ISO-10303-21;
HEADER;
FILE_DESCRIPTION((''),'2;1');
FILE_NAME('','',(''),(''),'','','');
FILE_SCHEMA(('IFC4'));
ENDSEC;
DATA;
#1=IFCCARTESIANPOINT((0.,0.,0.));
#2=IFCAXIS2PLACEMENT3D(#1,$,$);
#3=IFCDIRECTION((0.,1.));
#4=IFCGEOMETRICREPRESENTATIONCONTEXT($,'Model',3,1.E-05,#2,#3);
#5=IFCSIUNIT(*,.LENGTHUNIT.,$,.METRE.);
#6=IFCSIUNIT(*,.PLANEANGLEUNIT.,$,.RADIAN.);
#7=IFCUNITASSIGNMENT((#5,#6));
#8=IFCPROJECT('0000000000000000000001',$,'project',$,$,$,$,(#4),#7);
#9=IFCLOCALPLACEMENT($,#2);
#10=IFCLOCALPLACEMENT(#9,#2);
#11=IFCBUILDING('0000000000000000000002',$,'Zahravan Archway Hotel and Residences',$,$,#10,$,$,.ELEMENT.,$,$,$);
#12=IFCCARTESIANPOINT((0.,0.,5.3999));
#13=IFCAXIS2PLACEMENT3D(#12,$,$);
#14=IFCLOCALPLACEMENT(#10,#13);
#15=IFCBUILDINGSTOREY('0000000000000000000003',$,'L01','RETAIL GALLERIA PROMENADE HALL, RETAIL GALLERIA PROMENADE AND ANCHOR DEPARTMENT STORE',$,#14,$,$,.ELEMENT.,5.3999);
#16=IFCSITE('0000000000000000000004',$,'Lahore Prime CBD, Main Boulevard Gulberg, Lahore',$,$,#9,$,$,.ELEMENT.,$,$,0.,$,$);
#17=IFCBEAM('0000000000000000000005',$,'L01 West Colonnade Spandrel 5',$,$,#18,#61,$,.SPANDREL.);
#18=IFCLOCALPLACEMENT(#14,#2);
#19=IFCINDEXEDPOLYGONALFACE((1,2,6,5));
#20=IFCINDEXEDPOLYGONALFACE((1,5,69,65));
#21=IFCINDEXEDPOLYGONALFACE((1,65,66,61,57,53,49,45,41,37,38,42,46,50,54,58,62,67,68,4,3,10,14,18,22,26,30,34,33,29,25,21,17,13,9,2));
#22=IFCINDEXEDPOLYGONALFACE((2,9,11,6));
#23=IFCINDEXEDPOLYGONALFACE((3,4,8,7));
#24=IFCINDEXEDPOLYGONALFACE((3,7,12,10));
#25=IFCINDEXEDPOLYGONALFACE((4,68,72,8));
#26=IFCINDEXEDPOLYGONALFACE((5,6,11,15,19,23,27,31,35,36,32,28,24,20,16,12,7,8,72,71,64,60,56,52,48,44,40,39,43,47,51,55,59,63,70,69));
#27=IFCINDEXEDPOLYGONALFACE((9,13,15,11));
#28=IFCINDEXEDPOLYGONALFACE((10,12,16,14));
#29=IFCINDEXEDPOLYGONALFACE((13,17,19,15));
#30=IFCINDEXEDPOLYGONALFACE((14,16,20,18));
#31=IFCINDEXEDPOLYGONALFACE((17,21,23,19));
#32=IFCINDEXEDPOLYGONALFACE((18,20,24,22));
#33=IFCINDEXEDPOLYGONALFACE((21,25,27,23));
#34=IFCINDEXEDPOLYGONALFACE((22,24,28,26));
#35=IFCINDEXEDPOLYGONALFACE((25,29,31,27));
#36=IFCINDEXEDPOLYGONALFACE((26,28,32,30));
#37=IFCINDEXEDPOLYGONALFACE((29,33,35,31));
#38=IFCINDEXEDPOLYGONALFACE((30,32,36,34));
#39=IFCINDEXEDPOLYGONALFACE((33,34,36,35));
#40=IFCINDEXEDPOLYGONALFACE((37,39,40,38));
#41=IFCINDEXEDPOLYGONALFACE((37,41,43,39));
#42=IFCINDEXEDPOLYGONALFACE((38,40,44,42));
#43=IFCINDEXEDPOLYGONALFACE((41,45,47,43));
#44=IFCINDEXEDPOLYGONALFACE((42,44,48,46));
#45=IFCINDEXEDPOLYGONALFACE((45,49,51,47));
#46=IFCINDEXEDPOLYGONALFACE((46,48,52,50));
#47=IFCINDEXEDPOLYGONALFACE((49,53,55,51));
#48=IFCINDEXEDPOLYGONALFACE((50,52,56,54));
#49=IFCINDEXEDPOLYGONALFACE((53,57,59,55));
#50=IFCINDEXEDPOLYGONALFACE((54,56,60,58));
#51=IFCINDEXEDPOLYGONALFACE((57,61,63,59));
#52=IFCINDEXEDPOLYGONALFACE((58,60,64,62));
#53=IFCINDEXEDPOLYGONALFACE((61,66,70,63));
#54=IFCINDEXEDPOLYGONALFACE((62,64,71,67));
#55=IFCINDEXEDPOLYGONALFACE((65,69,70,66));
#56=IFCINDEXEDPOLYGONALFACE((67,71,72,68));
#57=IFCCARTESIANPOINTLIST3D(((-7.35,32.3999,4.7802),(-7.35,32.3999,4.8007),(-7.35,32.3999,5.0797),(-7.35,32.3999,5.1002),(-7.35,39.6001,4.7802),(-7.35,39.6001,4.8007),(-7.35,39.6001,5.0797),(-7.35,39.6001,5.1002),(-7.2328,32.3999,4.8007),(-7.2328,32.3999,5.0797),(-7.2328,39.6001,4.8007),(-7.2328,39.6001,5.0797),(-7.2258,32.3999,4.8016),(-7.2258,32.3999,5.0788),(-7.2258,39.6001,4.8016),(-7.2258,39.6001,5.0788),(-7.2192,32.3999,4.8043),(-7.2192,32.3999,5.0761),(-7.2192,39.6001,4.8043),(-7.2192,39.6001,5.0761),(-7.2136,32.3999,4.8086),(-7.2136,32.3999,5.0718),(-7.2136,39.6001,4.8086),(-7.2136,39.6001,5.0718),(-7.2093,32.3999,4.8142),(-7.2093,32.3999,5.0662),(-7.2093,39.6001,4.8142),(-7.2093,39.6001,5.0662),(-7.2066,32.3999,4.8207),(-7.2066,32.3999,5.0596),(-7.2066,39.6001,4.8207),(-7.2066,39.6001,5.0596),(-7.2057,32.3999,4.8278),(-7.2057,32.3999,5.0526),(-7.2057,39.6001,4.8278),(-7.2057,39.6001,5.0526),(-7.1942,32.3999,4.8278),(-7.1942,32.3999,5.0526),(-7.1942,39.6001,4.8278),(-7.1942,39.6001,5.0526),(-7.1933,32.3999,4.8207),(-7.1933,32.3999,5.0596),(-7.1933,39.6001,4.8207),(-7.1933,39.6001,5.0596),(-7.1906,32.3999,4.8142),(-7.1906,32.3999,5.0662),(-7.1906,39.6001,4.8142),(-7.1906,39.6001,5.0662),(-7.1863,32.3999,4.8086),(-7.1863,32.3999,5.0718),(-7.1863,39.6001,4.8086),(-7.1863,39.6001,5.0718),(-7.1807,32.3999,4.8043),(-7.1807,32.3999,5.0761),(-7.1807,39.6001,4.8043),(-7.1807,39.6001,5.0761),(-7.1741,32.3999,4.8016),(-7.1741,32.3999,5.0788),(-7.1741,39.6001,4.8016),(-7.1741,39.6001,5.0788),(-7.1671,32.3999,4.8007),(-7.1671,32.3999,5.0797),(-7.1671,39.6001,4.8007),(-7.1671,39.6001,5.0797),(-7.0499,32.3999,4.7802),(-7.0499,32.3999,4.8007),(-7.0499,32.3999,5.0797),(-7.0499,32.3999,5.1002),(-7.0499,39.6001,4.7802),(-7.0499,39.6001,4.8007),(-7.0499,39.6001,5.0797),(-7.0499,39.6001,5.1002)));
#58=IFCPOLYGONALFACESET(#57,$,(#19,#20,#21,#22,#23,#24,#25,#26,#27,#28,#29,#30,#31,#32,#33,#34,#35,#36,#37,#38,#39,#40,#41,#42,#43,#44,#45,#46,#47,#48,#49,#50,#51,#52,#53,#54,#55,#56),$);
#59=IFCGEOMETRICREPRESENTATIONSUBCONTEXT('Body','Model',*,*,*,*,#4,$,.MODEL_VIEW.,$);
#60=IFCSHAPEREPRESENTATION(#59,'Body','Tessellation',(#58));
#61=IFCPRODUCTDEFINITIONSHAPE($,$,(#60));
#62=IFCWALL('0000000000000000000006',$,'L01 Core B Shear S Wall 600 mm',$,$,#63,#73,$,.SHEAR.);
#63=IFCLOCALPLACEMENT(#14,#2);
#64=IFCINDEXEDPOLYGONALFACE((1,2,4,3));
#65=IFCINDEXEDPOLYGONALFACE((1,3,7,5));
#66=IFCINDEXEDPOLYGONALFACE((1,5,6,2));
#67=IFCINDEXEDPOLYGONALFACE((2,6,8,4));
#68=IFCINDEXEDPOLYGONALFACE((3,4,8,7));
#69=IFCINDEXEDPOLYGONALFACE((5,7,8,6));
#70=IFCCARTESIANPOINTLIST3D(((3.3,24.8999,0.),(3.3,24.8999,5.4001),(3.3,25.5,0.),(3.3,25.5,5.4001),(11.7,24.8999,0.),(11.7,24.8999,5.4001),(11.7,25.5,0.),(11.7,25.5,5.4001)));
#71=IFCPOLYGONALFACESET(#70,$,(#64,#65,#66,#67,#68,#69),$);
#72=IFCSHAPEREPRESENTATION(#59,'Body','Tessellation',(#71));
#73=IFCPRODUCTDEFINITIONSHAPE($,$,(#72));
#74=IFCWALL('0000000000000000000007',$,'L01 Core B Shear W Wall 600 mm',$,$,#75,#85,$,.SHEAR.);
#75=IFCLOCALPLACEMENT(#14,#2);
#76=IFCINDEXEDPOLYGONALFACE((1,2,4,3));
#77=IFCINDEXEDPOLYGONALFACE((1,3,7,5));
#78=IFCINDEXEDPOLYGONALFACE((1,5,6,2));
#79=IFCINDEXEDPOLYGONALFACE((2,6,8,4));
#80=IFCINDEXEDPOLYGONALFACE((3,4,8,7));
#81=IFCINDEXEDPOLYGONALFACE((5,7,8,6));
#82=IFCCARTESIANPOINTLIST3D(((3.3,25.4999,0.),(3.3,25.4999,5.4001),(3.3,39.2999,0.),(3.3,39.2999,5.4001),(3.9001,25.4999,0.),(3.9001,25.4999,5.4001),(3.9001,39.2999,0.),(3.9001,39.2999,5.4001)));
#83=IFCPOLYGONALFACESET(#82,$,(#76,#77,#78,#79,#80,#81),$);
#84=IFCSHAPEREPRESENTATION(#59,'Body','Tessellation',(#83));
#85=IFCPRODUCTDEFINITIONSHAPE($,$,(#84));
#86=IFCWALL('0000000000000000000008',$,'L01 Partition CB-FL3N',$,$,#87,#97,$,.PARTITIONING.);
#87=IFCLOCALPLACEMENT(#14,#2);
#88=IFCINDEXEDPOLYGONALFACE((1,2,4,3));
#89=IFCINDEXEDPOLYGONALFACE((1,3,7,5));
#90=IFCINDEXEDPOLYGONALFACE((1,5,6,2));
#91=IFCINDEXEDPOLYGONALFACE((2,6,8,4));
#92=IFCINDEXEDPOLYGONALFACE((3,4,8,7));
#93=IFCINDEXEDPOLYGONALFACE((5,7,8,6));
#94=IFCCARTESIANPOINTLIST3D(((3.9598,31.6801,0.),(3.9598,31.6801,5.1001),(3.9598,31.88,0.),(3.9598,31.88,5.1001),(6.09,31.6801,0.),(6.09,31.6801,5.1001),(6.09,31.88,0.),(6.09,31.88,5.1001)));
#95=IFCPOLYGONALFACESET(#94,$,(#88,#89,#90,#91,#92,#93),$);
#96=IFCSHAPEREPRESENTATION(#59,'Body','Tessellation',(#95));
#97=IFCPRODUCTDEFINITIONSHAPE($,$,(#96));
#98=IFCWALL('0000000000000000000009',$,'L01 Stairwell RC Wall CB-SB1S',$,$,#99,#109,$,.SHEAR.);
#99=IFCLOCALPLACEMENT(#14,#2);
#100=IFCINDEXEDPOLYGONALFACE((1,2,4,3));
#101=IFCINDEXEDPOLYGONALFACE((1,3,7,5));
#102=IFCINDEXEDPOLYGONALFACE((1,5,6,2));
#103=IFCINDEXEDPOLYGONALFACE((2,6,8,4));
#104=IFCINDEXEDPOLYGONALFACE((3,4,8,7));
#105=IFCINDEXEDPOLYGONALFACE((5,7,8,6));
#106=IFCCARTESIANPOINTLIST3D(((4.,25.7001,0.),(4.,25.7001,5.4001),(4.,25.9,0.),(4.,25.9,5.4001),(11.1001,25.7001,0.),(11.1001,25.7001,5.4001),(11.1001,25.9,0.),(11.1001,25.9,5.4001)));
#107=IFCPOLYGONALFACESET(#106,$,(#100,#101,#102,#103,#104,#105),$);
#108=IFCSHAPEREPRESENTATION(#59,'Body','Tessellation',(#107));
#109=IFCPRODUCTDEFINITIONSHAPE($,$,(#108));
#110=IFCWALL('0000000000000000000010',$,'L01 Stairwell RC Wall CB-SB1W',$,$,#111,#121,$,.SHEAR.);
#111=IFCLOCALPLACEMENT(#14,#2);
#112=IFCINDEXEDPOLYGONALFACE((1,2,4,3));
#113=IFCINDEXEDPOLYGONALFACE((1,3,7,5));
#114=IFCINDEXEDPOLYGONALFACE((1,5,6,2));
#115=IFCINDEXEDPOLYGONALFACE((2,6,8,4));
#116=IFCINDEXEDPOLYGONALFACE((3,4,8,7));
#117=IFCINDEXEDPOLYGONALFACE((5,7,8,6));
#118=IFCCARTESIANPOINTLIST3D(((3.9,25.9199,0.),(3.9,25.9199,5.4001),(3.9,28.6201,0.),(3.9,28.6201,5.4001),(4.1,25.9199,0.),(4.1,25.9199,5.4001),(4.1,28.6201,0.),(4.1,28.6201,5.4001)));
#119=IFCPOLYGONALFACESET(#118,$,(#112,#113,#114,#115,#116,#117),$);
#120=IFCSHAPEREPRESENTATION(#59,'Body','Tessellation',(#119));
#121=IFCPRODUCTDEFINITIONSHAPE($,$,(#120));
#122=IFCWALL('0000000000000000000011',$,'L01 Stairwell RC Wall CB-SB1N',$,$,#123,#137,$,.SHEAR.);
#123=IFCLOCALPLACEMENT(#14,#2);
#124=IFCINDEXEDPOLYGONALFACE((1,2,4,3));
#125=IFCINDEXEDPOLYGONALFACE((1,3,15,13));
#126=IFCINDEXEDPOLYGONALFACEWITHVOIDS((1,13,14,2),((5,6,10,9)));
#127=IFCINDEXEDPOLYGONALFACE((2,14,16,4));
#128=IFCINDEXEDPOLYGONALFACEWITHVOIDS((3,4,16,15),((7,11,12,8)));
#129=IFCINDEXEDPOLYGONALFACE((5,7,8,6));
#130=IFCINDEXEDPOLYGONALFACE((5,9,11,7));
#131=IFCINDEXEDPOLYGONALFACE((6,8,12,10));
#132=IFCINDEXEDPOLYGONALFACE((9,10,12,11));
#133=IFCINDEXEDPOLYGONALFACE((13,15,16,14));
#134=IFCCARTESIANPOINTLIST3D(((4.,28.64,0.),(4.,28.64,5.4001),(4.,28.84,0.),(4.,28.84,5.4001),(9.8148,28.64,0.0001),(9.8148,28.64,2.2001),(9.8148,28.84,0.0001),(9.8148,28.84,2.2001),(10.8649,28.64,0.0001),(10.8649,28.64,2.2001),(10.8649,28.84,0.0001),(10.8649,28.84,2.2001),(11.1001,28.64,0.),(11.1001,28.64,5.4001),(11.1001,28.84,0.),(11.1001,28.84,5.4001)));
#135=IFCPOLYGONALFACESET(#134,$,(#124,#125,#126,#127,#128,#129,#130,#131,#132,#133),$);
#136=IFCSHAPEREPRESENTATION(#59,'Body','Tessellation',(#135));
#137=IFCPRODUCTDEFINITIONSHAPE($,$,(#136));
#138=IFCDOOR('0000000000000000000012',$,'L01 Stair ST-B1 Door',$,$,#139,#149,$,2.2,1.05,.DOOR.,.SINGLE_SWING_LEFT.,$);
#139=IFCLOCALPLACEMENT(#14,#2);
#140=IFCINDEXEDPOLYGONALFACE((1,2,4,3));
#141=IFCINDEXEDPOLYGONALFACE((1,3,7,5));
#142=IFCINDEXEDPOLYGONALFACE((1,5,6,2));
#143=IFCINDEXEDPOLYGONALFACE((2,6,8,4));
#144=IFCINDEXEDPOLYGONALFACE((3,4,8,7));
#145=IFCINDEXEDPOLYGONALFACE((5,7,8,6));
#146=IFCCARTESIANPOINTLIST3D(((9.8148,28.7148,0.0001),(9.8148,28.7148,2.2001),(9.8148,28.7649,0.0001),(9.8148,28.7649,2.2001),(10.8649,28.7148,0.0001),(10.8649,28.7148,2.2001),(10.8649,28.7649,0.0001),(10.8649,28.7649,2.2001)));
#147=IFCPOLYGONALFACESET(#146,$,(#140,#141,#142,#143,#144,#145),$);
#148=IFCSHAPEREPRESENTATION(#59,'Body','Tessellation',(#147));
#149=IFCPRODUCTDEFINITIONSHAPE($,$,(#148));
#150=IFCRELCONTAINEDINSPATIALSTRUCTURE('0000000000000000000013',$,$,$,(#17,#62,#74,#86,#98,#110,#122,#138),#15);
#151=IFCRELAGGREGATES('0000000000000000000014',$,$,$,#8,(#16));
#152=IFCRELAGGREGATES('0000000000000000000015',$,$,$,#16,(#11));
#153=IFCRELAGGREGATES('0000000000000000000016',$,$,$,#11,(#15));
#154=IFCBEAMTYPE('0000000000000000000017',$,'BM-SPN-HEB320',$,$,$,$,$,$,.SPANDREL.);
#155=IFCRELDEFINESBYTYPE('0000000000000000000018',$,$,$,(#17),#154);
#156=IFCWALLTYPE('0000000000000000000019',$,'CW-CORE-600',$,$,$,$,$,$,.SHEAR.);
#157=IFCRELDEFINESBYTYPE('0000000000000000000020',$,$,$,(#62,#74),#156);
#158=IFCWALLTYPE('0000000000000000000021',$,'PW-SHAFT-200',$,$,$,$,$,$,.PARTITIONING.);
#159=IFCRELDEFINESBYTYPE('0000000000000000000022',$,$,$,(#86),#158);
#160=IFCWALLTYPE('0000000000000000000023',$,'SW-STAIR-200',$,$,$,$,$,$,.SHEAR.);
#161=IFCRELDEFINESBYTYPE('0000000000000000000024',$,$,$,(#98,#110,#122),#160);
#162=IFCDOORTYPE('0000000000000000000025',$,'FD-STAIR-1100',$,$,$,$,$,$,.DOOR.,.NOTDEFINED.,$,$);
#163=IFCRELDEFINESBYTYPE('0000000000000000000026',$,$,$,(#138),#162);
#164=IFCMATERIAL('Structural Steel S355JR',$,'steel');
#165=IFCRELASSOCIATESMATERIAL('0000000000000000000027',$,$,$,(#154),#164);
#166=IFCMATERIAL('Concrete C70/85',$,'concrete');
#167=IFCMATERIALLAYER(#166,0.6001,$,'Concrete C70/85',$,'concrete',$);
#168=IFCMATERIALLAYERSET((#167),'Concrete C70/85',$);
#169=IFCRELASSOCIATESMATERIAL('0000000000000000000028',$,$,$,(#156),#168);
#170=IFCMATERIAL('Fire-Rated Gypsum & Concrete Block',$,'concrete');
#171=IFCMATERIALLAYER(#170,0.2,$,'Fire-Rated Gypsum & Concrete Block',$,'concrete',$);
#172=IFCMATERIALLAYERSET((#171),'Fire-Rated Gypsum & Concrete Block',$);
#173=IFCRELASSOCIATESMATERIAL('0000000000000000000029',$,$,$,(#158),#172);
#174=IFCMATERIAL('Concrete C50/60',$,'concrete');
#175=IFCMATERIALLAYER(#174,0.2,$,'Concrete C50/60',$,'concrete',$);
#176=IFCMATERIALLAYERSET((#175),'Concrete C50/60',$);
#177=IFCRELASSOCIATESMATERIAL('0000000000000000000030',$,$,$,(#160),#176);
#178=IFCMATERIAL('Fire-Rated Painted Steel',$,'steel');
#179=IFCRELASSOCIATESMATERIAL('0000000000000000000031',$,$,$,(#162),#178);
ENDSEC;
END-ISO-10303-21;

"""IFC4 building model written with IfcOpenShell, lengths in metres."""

from ifc_helpers import new_model, si_unit, direction, frame, frame_2d, origin, origin_2d, place, context, subcontext, project, spatial, rectangle, i_section, extrude, source, transform, mapped, material, layer, layer_set, material_profile, profile_set, type_object, type_shapes, element, fill, save


model = new_model("IFC4")

# Units and contexts
model_context = context("Model", 3, precision=1e-05, world=origin(), true_north=direction((0.0, 1.0)))
body_context = subcontext(model_context, "Body", "Model", "MODEL_VIEW")
ifc_project = project(units=[si_unit("LENGTHUNIT", "METRE"), si_unit("PLANEANGLEUNIT", "RADIAN")], contexts=[model_context])

# Site, building, storey
site_placement = place(None, origin())
site = spatial("IfcSite", under=ifc_project, at=site_placement, Name="Lahore Prime CBD, Main Boulevard Gulberg, Lahore", CompositionType="ELEMENT", RefElevation=0.0)
building_placement = place(site_placement, origin())
building = spatial("IfcBuilding", under=site, at=building_placement, Name="Zahravan Archway Hotel and Residences", CompositionType="ELEMENT")
storey_placement = place(building_placement, frame((0.0, 0.0, 5.3999)))
storey = spatial("IfcBuildingStorey", under=building, at=storey_placement, Name="L01", Description="RETAIL GALLERIA PROMENADE HALL, RETAIL GALLERIA PROMENADE AND ANCHOR DEPARTMENT STORE", CompositionType="ELEMENT", Elevation=5.3999)

# Beam
ifc_material_1 = material(Name="Structural Steel S355JR", Category="steel")
ifc_material_profile_1 = material_profile(ifc_material_1, i_section(OverallWidth=0.3, OverallDepth=0.3201, WebThickness=0.0115, FlangeThickness=0.0205, FilletRadius=0.0271, at=origin_2d()), Name="HEB 320", Category="steel")
ifc_profile_set_1 = profile_set([ifc_material_profile_1], Name="Structural Steel S355JR")
beam_type_1 = type_object("IfcBeamType", Name="BM-SPN-HEB320", PredefinedType="SPANDREL", material=ifc_profile_set_1)
shared_shape_1 = source(origin(), body_context, "Body", "SweptSolid", [
    extrude(i_section(OverallWidth=0.3, OverallDepth=0.3201, WebThickness=0.0115, FlangeThickness=0.0205, FilletRadius=0.0271, at=origin_2d()), origin(), (0.0, 0.0, 1.0), 7.2002),
])
beam_1_placement = place(storey_placement, frame((-7.2, 32.3999, 4.9402), z_axis=(0.0, 1.0, 0.0), x_axis=(-1.0, 0.0, 0.0)))
element("IfcBeam", 1, at=beam_1_placement, inside=storey, type_object=beam_type_1, Name="L01 West Colonnade Spandrel 5", PredefinedType="SPANDREL", context=body_context, shape_type="MappedRepresentation", body=[
    mapped(shared_shape_1, transform((0.0, 0.0, 0.0), scale=1.0)),
])

# Walls
ifc_material_2 = material(Name="Concrete C70/85", Category="concrete")
ifc_layer_1 = layer(ifc_material_2, 0.6001, Name="Concrete C70/85", Category="concrete")
ifc_layer_set_1 = layer_set([ifc_layer_1], Name="Concrete C70/85")
wall_type_1 = type_object("IfcWallType", Name="CW-CORE-600", PredefinedType="SHEAR", material=ifc_layer_set_1)
wall_1_placement = place(storey_placement, frame((3.3, 25.2, 0.0), z_axis=(0.0, 0.0, 1.0), x_axis=(1.0, 0.0, 0.0)))
element("IfcWall", 2, at=wall_1_placement, inside=storey, type_object=wall_type_1, Name="L01 Core B Shear S Wall 600 mm", PredefinedType="SHEAR", context=body_context, shape_type="SweptSolid", body=[
    extrude(rectangle(XDim=8.3999, YDim=0.6001, at=frame_2d((4.2, 0.0))), origin(), (0.0, 0.0, 1.0), 5.4001),
])
wall_2_placement = place(storey_placement, frame((3.6001, 25.5, 0.0), z_axis=(0.0, 0.0, 1.0), x_axis=(0.0, 1.0, 0.0)))
element("IfcWall", 3, at=wall_2_placement, inside=storey, type_object=wall_type_1, Name="L01 Core B Shear W Wall 600 mm", PredefinedType="SHEAR", context=body_context, shape_type="SweptSolid", body=[
    extrude(rectangle(XDim=13.8, YDim=0.6001, at=frame_2d((6.8999, 0.0))), origin(), (0.0, 0.0, 1.0), 5.4001),
])
ifc_material_3 = material(Name="Fire-Rated Gypsum & Concrete Block", Category="concrete")
ifc_layer_2 = layer(ifc_material_3, 0.2, Name="Fire-Rated Gypsum & Concrete Block", Category="concrete")
ifc_layer_set_2 = layer_set([ifc_layer_2], Name="Fire-Rated Gypsum & Concrete Block")
wall_type_2 = type_object("IfcWallType", Name="PW-SHAFT-200", PredefinedType="PARTITIONING", material=ifc_layer_set_2)
wall_3_placement = place(storey_placement, frame((3.96, 31.78, 0.0), z_axis=(0.0, 0.0, 1.0), x_axis=(1.0, 0.0, 0.0)))
element("IfcWall", 4, at=wall_3_placement, inside=storey, type_object=wall_type_2, Name="L01 Partition CB-FL3N", PredefinedType="PARTITIONING", context=body_context, shape_type="SweptSolid", body=[
    extrude(rectangle(XDim=2.1301, YDim=0.2, at=frame_2d((1.0649, 0.0))), origin(), (0.0, 0.0, 1.0), 5.1001),
])
ifc_material_4 = material(Name="Concrete C50/60", Category="concrete")
ifc_layer_3 = layer(ifc_material_4, 0.2, Name="Concrete C50/60", Category="concrete")
ifc_layer_set_3 = layer_set([ifc_layer_3], Name="Concrete C50/60")
wall_type_3 = type_object("IfcWallType", Name="SW-STAIR-200", PredefinedType="SHEAR", material=ifc_layer_set_3)
wall_4_placement = place(storey_placement, frame((4.0, 25.8, 0.0), z_axis=(0.0, 0.0, 1.0), x_axis=(1.0, 0.0, 0.0)))
element("IfcWall", 5, at=wall_4_placement, inside=storey, type_object=wall_type_3, Name="L01 Stairwell RC Wall CB-SB1S", PredefinedType="SHEAR", context=body_context, shape_type="SweptSolid", body=[
    extrude(rectangle(XDim=7.1001, YDim=0.2, at=frame_2d((3.55, 0.0))), origin(), (0.0, 0.0, 1.0), 5.4001),
])
wall_5_placement = place(storey_placement, frame((4.0, 25.9199, 0.0), z_axis=(0.0, 0.0, 1.0), x_axis=(0.0, 1.0, 0.0)))
element("IfcWall", 6, at=wall_5_placement, inside=storey, type_object=wall_type_3, Name="L01 Stairwell RC Wall CB-SB1W", PredefinedType="SHEAR", context=body_context, shape_type="SweptSolid", body=[
    extrude(rectangle(XDim=2.7002, YDim=0.2, at=frame_2d((1.3501, 0.0))), origin(), (0.0, 0.0, 1.0), 5.4001),
])

# Wall, opening, door
wall_6_placement = place(storey_placement, frame((4.0, 28.74, 0.0), z_axis=(0.0, 0.0, 1.0), x_axis=(1.0, 0.0, 0.0)))
wall_6 = element("IfcWall", 7, at=wall_6_placement, inside=storey, type_object=wall_type_3, Name="L01 Stairwell RC Wall CB-SB1N", PredefinedType="SHEAR", context=body_context, shape_type="SweptSolid", body=[
    extrude(rectangle(XDim=7.1001, YDim=0.2, at=frame_2d((3.55, 0.0))), origin(), (0.0, 0.0, 1.0), 5.4001),
])
opening_placement = place(wall_6_placement, frame((5.8149, 0.0, 0.0)))
opening = element("IfcOpeningElement", 8, at=opening_placement, cuts=wall_6, PredefinedType="OPENING", context=body_context, shape_type="SweptSolid", body=[
    extrude(rectangle(XDim=1.05, YDim=2.2, at=frame_2d((0.5249, 1.1001))), frame((0.0, 0.1099, 0.0), z_axis=(0.0, -1.0, 0.0), x_axis=(1.0, 0.0, 0.0)), (0.0, 0.0, 1.0), 0.22),
])
ifc_material_5 = material(Name="Fire-Rated Painted Steel", Category="steel")
door_type = type_object("IfcDoorType", Name="FD-STAIR-1100", OperationType="NOTDEFINED", PredefinedType="DOOR", material=ifc_material_5)
shared_shape_2 = source(origin(), body_context, "Body", "SweptSolid", [
    extrude(rectangle(XDim=1.05, YDim=2.2, at=frame_2d((0.5249, 1.1001))), frame((0.0, 0.0249, 0.0), z_axis=(0.0, -1.0, 0.0), x_axis=(1.0, 0.0, 0.0)), (0.0, 0.0, 1.0), 0.05),
])
type_shapes(door_type, [shared_shape_2])
door_placement = place(opening_placement, origin())
door = element("IfcDoor", 9, at=door_placement, inside=storey, type_object=door_type, Name="L01 Stair ST-B1 Door", OperationType="SINGLE_SWING_LEFT", OverallHeight=2.2, OverallWidth=1.05, PredefinedType="DOOR", context=body_context, shape_type="MappedRepresentation", body=[
    mapped(shared_shape_2, transform((0.0, 0.0, 0.0), scale=1.0)),
])
fill(opening, door)

save(model, "model.ifc")
